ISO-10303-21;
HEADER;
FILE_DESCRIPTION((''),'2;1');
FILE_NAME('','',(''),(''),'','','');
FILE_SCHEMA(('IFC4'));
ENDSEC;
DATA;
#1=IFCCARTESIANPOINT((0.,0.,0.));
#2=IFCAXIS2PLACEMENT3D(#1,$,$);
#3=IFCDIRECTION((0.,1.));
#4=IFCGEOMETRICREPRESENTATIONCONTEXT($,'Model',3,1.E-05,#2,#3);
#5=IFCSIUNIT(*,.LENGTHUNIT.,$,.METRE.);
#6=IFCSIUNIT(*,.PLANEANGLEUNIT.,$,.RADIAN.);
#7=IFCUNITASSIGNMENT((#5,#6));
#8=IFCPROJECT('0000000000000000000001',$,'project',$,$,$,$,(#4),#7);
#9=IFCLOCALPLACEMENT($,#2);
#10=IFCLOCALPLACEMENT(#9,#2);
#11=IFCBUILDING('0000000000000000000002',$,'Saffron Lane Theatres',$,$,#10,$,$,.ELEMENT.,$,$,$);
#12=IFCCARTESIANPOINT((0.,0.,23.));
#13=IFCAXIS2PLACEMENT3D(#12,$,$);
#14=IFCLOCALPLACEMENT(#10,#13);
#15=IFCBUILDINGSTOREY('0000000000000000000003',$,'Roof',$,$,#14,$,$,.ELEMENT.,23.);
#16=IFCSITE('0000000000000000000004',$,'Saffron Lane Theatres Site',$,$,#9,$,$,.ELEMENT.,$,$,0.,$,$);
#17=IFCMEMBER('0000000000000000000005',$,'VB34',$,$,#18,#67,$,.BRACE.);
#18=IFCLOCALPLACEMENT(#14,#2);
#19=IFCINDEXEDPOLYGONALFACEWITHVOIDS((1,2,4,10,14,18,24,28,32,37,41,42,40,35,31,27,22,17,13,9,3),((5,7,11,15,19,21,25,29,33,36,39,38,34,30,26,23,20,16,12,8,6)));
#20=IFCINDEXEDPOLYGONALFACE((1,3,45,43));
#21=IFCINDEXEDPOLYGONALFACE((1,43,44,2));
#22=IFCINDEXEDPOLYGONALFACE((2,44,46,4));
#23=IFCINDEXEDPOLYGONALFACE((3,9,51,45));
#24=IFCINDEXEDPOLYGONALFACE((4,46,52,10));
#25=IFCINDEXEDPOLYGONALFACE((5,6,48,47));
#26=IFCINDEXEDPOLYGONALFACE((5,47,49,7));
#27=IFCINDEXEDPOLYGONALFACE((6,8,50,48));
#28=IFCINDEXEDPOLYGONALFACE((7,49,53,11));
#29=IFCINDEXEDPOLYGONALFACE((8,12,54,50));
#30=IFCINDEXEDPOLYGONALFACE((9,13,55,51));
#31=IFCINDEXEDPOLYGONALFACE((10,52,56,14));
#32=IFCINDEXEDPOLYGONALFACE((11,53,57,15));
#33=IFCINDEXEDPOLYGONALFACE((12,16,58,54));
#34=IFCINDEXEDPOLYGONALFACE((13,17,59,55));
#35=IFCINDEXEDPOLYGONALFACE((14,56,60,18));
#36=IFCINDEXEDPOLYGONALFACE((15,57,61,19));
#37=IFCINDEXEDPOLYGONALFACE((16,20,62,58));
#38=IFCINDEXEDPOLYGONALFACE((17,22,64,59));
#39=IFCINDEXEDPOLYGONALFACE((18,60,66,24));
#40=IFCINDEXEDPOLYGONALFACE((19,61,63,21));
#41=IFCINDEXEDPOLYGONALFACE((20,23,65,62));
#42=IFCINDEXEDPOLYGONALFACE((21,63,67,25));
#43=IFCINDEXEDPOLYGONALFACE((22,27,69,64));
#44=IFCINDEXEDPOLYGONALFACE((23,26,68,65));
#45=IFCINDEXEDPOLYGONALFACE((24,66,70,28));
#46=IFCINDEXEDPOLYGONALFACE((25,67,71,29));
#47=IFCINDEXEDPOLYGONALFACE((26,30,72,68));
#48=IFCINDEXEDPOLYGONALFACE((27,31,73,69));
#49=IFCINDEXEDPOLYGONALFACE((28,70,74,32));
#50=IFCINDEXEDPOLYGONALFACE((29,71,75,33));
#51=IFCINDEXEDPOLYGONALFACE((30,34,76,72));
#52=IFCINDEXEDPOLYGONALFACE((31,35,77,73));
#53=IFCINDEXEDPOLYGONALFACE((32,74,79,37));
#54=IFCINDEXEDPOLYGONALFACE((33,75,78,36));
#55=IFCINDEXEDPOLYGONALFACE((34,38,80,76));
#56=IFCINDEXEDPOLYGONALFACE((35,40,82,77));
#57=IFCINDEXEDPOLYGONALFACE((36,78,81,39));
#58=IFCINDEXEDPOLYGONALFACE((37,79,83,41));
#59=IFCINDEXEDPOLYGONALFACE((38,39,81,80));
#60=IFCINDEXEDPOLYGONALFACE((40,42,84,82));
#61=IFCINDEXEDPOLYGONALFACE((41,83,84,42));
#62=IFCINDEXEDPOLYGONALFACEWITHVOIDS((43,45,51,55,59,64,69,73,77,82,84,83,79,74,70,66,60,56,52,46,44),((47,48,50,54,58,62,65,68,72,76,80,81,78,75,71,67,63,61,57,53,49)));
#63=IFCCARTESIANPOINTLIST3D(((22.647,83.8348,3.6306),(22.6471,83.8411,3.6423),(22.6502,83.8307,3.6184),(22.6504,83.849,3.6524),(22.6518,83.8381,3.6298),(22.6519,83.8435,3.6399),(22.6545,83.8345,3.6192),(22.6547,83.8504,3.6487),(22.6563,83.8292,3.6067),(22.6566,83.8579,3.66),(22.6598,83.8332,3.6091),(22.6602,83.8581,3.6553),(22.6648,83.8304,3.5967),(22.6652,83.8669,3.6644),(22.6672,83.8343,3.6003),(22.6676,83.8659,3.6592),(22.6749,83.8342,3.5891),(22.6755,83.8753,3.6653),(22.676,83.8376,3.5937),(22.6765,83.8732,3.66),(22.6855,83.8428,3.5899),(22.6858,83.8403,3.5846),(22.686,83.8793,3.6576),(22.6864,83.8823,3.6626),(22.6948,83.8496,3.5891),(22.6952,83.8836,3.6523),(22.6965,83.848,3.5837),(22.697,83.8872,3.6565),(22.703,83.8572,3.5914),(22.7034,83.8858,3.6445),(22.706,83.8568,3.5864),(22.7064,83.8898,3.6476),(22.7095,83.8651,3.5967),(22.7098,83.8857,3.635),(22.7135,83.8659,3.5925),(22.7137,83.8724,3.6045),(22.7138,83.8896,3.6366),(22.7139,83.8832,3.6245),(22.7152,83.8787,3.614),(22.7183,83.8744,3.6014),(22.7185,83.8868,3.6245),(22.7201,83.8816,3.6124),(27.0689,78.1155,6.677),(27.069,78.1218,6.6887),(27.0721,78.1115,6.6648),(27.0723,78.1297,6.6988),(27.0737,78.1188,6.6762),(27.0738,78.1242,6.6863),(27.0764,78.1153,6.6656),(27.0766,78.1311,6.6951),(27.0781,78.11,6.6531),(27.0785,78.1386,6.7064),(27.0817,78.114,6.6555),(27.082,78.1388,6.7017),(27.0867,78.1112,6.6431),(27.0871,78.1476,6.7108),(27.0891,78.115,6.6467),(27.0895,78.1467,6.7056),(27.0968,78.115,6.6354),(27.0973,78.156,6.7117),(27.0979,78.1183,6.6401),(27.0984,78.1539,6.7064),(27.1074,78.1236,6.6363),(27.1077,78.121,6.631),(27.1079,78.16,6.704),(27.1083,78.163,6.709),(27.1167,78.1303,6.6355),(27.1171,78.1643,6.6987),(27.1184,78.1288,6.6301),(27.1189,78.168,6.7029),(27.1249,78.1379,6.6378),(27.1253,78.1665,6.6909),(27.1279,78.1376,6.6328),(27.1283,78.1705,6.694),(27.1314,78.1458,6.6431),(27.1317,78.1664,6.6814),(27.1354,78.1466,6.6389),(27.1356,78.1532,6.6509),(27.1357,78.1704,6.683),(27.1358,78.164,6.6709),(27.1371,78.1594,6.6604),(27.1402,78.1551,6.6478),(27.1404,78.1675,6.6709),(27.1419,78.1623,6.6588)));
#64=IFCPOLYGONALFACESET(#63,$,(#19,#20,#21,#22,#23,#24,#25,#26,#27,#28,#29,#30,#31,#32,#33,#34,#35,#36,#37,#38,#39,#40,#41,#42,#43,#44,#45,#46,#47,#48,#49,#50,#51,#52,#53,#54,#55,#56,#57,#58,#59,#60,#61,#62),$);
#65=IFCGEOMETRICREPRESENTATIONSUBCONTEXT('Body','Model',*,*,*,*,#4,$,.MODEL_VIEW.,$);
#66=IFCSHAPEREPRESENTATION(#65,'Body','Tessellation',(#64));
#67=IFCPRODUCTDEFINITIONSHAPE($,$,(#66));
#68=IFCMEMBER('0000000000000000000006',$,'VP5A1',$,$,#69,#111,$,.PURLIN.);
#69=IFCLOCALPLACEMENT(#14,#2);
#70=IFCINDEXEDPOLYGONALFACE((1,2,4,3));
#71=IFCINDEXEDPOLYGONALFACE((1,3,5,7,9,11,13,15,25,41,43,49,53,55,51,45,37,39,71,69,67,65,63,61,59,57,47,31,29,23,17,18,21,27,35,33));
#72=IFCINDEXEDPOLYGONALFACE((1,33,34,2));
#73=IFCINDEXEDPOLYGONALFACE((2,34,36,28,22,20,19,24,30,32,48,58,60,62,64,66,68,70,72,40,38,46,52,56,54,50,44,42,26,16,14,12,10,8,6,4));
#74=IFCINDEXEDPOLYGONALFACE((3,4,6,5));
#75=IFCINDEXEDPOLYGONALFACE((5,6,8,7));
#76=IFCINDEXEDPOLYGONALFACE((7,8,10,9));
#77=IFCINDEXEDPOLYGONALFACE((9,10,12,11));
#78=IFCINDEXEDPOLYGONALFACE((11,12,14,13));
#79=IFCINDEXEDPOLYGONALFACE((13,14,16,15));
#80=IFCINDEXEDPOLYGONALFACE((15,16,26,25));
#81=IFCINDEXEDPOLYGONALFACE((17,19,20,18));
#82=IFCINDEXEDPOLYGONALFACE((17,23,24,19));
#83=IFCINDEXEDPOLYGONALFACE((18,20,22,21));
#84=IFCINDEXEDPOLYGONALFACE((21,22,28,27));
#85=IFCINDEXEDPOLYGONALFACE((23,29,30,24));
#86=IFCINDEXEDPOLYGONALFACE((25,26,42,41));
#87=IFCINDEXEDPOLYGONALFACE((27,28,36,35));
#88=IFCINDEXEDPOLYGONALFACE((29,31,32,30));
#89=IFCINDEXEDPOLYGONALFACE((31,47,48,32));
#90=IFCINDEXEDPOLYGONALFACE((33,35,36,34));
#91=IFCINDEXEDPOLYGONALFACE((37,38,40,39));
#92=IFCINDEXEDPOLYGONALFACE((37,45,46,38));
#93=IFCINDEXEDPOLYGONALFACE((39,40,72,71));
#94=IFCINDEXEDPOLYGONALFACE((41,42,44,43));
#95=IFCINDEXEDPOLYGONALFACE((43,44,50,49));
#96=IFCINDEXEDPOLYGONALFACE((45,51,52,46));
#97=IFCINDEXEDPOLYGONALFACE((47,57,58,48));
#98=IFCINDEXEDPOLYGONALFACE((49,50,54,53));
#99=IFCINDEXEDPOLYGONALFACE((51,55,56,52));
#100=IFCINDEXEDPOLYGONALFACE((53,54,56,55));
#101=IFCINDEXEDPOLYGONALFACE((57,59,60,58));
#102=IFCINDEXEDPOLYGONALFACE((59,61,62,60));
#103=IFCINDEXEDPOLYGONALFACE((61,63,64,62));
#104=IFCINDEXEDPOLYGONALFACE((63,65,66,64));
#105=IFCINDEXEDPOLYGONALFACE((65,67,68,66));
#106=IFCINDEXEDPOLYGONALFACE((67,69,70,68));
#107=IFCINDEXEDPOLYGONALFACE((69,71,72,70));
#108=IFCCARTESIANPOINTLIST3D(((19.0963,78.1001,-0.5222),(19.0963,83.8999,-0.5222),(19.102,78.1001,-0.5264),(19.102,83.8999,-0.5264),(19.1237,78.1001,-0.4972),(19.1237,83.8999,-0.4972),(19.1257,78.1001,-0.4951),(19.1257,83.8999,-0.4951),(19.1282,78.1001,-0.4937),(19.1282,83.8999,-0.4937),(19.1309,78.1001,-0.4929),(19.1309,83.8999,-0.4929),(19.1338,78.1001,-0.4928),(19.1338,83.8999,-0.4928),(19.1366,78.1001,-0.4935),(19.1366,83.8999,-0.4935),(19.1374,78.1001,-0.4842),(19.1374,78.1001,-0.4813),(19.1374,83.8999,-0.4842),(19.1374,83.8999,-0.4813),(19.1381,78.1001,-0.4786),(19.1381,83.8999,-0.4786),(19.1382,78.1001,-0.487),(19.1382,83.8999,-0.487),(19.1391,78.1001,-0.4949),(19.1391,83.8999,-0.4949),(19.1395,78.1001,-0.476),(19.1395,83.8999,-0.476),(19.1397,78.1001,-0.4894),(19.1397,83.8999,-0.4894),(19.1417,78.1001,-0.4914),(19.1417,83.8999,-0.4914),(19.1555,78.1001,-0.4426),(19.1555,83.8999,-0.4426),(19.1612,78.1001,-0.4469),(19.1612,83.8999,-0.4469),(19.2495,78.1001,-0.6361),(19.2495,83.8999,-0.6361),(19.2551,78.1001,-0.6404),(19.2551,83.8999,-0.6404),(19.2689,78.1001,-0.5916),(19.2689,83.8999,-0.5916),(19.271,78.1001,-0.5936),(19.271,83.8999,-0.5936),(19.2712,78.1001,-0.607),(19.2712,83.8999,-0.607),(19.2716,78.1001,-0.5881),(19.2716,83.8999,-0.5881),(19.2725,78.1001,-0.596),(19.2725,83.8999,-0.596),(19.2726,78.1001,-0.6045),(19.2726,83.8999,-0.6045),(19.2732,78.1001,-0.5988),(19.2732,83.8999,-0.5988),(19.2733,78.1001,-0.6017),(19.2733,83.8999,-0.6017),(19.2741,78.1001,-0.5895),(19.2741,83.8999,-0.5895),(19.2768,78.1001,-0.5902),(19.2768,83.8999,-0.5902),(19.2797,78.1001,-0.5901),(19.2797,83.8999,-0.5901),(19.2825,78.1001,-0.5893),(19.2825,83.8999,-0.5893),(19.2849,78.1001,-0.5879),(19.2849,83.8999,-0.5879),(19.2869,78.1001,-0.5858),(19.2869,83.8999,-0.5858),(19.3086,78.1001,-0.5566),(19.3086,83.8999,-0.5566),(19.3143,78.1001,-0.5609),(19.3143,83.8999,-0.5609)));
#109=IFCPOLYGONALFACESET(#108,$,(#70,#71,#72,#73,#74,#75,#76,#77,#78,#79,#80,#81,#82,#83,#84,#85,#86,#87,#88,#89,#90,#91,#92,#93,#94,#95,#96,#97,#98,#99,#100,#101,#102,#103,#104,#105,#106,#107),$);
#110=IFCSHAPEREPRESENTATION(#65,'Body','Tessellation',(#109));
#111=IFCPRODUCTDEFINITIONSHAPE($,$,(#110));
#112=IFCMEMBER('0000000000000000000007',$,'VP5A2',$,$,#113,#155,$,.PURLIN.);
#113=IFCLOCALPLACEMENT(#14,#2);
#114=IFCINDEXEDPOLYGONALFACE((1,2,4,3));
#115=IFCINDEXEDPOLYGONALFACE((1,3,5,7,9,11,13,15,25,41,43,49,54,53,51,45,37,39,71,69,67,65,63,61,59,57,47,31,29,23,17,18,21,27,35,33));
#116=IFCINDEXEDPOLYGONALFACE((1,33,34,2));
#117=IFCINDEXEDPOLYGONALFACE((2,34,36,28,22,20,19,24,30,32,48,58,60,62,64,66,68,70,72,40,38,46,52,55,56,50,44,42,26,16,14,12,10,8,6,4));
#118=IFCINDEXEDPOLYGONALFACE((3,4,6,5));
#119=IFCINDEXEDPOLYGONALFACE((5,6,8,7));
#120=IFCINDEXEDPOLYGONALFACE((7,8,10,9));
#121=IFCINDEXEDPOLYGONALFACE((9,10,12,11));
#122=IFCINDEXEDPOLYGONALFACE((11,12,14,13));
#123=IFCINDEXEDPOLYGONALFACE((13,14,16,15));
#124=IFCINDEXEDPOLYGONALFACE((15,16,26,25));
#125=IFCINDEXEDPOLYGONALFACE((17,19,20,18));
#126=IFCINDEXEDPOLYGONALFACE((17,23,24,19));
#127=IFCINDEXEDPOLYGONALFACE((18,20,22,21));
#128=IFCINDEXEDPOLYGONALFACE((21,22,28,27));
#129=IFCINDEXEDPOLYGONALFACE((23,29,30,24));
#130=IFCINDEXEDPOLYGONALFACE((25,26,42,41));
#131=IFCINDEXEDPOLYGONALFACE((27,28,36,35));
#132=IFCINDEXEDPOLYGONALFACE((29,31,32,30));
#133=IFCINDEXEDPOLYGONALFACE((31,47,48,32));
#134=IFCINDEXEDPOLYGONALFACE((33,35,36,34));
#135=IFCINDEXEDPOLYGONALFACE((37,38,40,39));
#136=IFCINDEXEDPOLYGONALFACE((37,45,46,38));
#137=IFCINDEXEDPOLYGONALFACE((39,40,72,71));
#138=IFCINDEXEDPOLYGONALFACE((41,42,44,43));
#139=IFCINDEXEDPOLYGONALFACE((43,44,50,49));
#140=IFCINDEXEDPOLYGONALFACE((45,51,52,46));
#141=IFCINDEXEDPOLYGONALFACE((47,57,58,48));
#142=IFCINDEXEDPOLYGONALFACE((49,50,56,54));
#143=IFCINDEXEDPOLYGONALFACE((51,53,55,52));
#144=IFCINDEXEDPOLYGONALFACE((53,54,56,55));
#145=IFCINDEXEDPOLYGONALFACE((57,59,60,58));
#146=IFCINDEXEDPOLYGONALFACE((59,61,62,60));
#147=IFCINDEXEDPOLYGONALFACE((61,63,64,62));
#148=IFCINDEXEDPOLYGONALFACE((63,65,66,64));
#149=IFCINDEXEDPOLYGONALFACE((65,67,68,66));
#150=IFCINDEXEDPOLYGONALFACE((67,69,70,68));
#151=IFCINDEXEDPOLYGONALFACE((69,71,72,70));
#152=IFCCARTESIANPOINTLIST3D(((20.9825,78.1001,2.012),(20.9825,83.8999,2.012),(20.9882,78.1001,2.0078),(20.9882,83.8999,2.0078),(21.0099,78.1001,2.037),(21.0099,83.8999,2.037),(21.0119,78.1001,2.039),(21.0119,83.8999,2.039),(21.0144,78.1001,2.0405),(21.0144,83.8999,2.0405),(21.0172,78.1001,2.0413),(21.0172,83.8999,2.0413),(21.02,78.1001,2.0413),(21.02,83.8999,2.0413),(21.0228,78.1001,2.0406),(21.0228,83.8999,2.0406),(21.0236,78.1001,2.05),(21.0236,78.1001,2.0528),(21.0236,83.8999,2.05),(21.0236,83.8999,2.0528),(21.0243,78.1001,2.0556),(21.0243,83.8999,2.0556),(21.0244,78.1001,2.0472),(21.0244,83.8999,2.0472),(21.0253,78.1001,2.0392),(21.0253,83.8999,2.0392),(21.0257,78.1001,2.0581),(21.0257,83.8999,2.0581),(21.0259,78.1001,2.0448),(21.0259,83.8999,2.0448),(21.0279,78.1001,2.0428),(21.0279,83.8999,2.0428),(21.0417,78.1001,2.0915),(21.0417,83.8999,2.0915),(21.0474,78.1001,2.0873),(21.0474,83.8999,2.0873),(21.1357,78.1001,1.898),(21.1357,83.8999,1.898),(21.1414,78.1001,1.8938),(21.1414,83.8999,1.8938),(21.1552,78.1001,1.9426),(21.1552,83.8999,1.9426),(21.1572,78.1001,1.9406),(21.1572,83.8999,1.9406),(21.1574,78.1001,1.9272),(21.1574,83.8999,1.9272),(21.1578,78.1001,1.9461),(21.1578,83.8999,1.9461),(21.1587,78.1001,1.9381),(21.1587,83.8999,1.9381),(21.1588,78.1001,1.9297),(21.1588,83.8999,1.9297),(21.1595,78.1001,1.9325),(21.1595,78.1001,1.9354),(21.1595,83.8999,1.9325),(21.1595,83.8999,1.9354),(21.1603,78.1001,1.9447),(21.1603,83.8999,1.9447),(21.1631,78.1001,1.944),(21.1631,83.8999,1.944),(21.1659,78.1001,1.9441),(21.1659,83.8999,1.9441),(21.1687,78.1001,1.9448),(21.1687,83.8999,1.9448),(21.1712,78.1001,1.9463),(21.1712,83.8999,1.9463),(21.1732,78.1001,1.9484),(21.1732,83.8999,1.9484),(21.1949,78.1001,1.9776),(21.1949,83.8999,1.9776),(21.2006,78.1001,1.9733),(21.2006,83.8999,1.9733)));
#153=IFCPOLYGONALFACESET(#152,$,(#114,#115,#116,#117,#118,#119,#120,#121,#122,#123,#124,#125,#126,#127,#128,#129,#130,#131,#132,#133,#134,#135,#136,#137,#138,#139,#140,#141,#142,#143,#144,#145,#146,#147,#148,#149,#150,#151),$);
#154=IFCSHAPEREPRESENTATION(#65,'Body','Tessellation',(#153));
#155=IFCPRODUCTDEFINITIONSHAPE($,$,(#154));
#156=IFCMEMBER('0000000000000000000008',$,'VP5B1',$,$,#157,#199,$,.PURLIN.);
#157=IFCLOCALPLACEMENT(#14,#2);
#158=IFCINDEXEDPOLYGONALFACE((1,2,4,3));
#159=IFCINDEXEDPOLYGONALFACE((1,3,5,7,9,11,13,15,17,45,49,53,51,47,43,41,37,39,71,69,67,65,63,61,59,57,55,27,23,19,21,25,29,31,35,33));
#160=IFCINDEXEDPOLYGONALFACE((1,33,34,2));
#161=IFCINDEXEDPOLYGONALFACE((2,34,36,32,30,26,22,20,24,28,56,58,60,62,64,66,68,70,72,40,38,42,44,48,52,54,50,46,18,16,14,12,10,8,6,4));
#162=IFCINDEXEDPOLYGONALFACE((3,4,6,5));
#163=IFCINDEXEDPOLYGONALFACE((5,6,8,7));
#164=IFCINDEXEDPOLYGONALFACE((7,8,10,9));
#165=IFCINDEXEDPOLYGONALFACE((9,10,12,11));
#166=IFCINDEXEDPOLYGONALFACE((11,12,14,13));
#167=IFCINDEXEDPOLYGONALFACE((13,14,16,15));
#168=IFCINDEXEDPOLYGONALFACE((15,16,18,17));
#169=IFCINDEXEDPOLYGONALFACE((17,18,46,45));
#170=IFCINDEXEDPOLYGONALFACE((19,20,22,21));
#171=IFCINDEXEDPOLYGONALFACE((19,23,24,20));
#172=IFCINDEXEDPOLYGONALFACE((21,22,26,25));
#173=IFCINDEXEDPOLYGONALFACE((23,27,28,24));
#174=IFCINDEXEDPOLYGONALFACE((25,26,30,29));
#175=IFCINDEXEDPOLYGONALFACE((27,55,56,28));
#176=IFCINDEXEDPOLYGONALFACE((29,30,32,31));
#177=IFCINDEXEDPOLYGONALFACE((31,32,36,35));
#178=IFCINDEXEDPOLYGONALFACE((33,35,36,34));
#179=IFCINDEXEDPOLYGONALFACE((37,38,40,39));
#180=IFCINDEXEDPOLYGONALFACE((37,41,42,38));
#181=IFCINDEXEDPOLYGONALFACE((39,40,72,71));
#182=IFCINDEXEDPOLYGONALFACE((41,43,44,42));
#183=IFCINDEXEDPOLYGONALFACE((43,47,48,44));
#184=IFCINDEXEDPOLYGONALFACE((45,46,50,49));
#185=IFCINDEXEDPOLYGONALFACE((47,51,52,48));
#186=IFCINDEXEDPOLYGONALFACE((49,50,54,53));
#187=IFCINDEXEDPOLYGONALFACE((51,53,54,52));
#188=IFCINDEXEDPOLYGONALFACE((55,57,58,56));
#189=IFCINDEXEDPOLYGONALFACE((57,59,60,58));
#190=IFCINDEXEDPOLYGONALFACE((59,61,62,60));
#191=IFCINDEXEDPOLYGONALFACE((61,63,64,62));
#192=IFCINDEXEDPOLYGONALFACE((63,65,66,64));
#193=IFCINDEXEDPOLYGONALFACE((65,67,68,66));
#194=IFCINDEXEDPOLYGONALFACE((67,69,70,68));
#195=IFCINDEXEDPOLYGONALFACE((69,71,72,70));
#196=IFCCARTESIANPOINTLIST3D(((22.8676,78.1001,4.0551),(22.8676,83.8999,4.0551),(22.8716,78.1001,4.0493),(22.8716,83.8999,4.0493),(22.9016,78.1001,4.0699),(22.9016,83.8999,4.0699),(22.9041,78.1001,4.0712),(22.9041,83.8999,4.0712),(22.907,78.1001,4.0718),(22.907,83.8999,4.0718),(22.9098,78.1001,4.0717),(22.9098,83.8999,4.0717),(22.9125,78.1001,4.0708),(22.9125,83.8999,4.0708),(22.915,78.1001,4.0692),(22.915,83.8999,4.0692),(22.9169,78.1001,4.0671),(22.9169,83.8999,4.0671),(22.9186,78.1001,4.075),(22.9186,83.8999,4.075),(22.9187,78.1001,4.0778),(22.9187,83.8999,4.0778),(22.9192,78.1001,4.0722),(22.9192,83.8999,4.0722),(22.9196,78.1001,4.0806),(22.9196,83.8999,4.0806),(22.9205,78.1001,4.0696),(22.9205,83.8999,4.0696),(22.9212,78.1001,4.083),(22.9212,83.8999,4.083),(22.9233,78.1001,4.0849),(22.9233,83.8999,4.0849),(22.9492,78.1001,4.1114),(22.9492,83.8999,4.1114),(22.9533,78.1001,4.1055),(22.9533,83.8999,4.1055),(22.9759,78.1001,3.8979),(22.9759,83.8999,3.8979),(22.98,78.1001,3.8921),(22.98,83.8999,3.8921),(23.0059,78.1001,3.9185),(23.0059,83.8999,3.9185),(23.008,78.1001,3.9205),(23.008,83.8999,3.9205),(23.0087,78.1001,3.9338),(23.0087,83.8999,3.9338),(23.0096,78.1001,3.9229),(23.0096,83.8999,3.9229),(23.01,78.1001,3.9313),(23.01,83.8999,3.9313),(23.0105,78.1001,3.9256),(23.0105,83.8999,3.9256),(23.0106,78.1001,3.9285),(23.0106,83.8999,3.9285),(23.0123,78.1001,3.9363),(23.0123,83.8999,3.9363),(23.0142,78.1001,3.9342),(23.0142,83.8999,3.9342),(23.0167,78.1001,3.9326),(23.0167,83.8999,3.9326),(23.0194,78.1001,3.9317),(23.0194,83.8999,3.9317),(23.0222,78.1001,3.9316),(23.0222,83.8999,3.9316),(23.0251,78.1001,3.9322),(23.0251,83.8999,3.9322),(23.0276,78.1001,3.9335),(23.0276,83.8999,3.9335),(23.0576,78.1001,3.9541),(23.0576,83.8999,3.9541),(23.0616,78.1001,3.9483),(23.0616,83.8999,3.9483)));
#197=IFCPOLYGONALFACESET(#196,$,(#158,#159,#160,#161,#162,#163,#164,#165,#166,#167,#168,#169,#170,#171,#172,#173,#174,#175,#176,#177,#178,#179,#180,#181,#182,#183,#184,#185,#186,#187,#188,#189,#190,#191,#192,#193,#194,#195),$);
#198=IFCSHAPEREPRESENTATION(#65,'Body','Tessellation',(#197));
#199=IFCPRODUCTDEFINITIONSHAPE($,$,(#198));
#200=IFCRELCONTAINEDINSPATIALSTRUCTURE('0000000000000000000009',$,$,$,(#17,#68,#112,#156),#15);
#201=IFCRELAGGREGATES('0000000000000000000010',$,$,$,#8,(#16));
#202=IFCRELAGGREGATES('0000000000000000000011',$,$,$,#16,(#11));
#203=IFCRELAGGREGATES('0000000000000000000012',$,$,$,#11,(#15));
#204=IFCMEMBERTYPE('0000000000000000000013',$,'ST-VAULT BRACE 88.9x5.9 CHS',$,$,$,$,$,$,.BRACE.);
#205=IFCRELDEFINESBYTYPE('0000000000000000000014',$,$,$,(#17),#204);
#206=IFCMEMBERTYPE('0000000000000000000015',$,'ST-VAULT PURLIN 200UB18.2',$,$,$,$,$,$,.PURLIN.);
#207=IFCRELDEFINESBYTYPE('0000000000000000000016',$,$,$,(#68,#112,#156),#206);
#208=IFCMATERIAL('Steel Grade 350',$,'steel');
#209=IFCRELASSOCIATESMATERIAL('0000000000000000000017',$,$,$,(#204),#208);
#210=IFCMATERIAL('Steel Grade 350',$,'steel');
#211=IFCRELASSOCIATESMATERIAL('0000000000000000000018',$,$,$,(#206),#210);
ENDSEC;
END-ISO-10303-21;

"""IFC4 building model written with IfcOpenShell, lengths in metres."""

from ifc_helpers import new_model, si_unit, direction, frame, origin, origin_2d, place, context, subcontext, project, spatial, hollow_circle, i_section, extrude, material, material_profile, profile_set, type_object, element, save


model = new_model("IFC4")

# Units and contexts
model_context = context("Model", 3, precision=1e-05, world=origin(), true_north=direction((0.0, 1.0)))
body_context = subcontext(model_context, "Body", "Model", "MODEL_VIEW")
ifc_project = project(units=[si_unit("LENGTHUNIT", "METRE"), si_unit("PLANEANGLEUNIT", "RADIAN")], contexts=[model_context])

# Site, building, storey
site_placement = place(None, origin())
site = spatial("IfcSite", under=ifc_project, at=site_placement, Name="Saffron Lane Theatres Site", CompositionType="ELEMENT", RefElevation=0.0)
building_placement = place(site_placement, origin())
building = spatial("IfcBuilding", under=site, at=building_placement, Name="Saffron Lane Theatres", CompositionType="ELEMENT")
storey_placement = place(building_placement, frame((0.0, 0.0, 23.0)))
storey = spatial("IfcBuildingStorey", under=building, at=storey_placement, Name="Roof", CompositionType="ELEMENT", Elevation=23.0)

# Members
ifc_material_1 = material(Name="Steel Grade 350", Category="steel")
ifc_material_profile_1 = material_profile(ifc_material_1, hollow_circle(Radius=0.0444, WallThickness=0.0059, at=origin_2d()))
ifc_profile_set_1 = profile_set([ifc_material_profile_1], Name="Steel Grade 350")
member_type_1 = type_object("IfcMemberType", Name="ST-VAULT BRACE 88.9x5.9 CHS", PredefinedType="BRACE", material=ifc_profile_set_1)
member_1_placement = place(storey_placement, frame((22.6833, 83.8596, 3.6245), z_axis=(0.563659, -0.729035, 0.388325), x_axis=(0.79112, 0.611661, 0.0)))
element("IfcMember", 1, at=member_1_placement, inside=storey, type_object=member_type_1, Name="VB34", PredefinedType="BRACE", context=body_context, shape_type="SweptSolid", body=[
    extrude(hollow_circle(Radius=0.0444, WallThickness=0.0059, at=origin_2d()), origin(), (0.0, 0.0, 1.0), 7.845),
])
ifc_material_2 = material(Name="Steel Grade 350", Category="steel")
ifc_material_profile_2 = material_profile(ifc_material_2, i_section(OverallWidth=0.0991, OverallDepth=0.198, WebThickness=0.0044, FlangeThickness=0.0071, FilletRadius=0.011, at=origin_2d()))
ifc_profile_set_2 = profile_set([ifc_material_profile_2], Name="Steel Grade 350")
member_type_2 = type_object("IfcMemberType", Name="ST-VAULT PURLIN 200UB18.2", PredefinedType="PURLIN", material=ifc_profile_set_2)
for number, where, z_axis, x_axis, name in (
    (2, (19.2053, 78.1001, -0.5415), (0.0, 1.0, 0.0), (0.597069, 0.0, 0.80219), "VP5A1"),
    (3, (21.0916, 78.1001, 1.9927), (0.0, 1.0, 0.0), (0.597069, 0.0, 0.80219), "VP5A2"),
    (4, (22.9646, 78.1001, 4.0017), (0.0, 1.0, 0.0), (0.823487, 0.0, 0.567335), "VP5B1"),
):
    element("IfcMember", number, at=place(storey_placement, frame(where, z_axis=z_axis, x_axis=x_axis)), inside=storey, type_object=member_type_2, Name=name, PredefinedType="PURLIN", context=body_context, shape_type="SweptSolid", body=[
        extrude(i_section(OverallWidth=0.0991, OverallDepth=0.198, WebThickness=0.0044, FlangeThickness=0.0071, FilletRadius=0.011, at=origin_2d()), origin(), (0.0, 0.0, 1.0), 5.7998),
    ])

save(model, "model.ifc")
